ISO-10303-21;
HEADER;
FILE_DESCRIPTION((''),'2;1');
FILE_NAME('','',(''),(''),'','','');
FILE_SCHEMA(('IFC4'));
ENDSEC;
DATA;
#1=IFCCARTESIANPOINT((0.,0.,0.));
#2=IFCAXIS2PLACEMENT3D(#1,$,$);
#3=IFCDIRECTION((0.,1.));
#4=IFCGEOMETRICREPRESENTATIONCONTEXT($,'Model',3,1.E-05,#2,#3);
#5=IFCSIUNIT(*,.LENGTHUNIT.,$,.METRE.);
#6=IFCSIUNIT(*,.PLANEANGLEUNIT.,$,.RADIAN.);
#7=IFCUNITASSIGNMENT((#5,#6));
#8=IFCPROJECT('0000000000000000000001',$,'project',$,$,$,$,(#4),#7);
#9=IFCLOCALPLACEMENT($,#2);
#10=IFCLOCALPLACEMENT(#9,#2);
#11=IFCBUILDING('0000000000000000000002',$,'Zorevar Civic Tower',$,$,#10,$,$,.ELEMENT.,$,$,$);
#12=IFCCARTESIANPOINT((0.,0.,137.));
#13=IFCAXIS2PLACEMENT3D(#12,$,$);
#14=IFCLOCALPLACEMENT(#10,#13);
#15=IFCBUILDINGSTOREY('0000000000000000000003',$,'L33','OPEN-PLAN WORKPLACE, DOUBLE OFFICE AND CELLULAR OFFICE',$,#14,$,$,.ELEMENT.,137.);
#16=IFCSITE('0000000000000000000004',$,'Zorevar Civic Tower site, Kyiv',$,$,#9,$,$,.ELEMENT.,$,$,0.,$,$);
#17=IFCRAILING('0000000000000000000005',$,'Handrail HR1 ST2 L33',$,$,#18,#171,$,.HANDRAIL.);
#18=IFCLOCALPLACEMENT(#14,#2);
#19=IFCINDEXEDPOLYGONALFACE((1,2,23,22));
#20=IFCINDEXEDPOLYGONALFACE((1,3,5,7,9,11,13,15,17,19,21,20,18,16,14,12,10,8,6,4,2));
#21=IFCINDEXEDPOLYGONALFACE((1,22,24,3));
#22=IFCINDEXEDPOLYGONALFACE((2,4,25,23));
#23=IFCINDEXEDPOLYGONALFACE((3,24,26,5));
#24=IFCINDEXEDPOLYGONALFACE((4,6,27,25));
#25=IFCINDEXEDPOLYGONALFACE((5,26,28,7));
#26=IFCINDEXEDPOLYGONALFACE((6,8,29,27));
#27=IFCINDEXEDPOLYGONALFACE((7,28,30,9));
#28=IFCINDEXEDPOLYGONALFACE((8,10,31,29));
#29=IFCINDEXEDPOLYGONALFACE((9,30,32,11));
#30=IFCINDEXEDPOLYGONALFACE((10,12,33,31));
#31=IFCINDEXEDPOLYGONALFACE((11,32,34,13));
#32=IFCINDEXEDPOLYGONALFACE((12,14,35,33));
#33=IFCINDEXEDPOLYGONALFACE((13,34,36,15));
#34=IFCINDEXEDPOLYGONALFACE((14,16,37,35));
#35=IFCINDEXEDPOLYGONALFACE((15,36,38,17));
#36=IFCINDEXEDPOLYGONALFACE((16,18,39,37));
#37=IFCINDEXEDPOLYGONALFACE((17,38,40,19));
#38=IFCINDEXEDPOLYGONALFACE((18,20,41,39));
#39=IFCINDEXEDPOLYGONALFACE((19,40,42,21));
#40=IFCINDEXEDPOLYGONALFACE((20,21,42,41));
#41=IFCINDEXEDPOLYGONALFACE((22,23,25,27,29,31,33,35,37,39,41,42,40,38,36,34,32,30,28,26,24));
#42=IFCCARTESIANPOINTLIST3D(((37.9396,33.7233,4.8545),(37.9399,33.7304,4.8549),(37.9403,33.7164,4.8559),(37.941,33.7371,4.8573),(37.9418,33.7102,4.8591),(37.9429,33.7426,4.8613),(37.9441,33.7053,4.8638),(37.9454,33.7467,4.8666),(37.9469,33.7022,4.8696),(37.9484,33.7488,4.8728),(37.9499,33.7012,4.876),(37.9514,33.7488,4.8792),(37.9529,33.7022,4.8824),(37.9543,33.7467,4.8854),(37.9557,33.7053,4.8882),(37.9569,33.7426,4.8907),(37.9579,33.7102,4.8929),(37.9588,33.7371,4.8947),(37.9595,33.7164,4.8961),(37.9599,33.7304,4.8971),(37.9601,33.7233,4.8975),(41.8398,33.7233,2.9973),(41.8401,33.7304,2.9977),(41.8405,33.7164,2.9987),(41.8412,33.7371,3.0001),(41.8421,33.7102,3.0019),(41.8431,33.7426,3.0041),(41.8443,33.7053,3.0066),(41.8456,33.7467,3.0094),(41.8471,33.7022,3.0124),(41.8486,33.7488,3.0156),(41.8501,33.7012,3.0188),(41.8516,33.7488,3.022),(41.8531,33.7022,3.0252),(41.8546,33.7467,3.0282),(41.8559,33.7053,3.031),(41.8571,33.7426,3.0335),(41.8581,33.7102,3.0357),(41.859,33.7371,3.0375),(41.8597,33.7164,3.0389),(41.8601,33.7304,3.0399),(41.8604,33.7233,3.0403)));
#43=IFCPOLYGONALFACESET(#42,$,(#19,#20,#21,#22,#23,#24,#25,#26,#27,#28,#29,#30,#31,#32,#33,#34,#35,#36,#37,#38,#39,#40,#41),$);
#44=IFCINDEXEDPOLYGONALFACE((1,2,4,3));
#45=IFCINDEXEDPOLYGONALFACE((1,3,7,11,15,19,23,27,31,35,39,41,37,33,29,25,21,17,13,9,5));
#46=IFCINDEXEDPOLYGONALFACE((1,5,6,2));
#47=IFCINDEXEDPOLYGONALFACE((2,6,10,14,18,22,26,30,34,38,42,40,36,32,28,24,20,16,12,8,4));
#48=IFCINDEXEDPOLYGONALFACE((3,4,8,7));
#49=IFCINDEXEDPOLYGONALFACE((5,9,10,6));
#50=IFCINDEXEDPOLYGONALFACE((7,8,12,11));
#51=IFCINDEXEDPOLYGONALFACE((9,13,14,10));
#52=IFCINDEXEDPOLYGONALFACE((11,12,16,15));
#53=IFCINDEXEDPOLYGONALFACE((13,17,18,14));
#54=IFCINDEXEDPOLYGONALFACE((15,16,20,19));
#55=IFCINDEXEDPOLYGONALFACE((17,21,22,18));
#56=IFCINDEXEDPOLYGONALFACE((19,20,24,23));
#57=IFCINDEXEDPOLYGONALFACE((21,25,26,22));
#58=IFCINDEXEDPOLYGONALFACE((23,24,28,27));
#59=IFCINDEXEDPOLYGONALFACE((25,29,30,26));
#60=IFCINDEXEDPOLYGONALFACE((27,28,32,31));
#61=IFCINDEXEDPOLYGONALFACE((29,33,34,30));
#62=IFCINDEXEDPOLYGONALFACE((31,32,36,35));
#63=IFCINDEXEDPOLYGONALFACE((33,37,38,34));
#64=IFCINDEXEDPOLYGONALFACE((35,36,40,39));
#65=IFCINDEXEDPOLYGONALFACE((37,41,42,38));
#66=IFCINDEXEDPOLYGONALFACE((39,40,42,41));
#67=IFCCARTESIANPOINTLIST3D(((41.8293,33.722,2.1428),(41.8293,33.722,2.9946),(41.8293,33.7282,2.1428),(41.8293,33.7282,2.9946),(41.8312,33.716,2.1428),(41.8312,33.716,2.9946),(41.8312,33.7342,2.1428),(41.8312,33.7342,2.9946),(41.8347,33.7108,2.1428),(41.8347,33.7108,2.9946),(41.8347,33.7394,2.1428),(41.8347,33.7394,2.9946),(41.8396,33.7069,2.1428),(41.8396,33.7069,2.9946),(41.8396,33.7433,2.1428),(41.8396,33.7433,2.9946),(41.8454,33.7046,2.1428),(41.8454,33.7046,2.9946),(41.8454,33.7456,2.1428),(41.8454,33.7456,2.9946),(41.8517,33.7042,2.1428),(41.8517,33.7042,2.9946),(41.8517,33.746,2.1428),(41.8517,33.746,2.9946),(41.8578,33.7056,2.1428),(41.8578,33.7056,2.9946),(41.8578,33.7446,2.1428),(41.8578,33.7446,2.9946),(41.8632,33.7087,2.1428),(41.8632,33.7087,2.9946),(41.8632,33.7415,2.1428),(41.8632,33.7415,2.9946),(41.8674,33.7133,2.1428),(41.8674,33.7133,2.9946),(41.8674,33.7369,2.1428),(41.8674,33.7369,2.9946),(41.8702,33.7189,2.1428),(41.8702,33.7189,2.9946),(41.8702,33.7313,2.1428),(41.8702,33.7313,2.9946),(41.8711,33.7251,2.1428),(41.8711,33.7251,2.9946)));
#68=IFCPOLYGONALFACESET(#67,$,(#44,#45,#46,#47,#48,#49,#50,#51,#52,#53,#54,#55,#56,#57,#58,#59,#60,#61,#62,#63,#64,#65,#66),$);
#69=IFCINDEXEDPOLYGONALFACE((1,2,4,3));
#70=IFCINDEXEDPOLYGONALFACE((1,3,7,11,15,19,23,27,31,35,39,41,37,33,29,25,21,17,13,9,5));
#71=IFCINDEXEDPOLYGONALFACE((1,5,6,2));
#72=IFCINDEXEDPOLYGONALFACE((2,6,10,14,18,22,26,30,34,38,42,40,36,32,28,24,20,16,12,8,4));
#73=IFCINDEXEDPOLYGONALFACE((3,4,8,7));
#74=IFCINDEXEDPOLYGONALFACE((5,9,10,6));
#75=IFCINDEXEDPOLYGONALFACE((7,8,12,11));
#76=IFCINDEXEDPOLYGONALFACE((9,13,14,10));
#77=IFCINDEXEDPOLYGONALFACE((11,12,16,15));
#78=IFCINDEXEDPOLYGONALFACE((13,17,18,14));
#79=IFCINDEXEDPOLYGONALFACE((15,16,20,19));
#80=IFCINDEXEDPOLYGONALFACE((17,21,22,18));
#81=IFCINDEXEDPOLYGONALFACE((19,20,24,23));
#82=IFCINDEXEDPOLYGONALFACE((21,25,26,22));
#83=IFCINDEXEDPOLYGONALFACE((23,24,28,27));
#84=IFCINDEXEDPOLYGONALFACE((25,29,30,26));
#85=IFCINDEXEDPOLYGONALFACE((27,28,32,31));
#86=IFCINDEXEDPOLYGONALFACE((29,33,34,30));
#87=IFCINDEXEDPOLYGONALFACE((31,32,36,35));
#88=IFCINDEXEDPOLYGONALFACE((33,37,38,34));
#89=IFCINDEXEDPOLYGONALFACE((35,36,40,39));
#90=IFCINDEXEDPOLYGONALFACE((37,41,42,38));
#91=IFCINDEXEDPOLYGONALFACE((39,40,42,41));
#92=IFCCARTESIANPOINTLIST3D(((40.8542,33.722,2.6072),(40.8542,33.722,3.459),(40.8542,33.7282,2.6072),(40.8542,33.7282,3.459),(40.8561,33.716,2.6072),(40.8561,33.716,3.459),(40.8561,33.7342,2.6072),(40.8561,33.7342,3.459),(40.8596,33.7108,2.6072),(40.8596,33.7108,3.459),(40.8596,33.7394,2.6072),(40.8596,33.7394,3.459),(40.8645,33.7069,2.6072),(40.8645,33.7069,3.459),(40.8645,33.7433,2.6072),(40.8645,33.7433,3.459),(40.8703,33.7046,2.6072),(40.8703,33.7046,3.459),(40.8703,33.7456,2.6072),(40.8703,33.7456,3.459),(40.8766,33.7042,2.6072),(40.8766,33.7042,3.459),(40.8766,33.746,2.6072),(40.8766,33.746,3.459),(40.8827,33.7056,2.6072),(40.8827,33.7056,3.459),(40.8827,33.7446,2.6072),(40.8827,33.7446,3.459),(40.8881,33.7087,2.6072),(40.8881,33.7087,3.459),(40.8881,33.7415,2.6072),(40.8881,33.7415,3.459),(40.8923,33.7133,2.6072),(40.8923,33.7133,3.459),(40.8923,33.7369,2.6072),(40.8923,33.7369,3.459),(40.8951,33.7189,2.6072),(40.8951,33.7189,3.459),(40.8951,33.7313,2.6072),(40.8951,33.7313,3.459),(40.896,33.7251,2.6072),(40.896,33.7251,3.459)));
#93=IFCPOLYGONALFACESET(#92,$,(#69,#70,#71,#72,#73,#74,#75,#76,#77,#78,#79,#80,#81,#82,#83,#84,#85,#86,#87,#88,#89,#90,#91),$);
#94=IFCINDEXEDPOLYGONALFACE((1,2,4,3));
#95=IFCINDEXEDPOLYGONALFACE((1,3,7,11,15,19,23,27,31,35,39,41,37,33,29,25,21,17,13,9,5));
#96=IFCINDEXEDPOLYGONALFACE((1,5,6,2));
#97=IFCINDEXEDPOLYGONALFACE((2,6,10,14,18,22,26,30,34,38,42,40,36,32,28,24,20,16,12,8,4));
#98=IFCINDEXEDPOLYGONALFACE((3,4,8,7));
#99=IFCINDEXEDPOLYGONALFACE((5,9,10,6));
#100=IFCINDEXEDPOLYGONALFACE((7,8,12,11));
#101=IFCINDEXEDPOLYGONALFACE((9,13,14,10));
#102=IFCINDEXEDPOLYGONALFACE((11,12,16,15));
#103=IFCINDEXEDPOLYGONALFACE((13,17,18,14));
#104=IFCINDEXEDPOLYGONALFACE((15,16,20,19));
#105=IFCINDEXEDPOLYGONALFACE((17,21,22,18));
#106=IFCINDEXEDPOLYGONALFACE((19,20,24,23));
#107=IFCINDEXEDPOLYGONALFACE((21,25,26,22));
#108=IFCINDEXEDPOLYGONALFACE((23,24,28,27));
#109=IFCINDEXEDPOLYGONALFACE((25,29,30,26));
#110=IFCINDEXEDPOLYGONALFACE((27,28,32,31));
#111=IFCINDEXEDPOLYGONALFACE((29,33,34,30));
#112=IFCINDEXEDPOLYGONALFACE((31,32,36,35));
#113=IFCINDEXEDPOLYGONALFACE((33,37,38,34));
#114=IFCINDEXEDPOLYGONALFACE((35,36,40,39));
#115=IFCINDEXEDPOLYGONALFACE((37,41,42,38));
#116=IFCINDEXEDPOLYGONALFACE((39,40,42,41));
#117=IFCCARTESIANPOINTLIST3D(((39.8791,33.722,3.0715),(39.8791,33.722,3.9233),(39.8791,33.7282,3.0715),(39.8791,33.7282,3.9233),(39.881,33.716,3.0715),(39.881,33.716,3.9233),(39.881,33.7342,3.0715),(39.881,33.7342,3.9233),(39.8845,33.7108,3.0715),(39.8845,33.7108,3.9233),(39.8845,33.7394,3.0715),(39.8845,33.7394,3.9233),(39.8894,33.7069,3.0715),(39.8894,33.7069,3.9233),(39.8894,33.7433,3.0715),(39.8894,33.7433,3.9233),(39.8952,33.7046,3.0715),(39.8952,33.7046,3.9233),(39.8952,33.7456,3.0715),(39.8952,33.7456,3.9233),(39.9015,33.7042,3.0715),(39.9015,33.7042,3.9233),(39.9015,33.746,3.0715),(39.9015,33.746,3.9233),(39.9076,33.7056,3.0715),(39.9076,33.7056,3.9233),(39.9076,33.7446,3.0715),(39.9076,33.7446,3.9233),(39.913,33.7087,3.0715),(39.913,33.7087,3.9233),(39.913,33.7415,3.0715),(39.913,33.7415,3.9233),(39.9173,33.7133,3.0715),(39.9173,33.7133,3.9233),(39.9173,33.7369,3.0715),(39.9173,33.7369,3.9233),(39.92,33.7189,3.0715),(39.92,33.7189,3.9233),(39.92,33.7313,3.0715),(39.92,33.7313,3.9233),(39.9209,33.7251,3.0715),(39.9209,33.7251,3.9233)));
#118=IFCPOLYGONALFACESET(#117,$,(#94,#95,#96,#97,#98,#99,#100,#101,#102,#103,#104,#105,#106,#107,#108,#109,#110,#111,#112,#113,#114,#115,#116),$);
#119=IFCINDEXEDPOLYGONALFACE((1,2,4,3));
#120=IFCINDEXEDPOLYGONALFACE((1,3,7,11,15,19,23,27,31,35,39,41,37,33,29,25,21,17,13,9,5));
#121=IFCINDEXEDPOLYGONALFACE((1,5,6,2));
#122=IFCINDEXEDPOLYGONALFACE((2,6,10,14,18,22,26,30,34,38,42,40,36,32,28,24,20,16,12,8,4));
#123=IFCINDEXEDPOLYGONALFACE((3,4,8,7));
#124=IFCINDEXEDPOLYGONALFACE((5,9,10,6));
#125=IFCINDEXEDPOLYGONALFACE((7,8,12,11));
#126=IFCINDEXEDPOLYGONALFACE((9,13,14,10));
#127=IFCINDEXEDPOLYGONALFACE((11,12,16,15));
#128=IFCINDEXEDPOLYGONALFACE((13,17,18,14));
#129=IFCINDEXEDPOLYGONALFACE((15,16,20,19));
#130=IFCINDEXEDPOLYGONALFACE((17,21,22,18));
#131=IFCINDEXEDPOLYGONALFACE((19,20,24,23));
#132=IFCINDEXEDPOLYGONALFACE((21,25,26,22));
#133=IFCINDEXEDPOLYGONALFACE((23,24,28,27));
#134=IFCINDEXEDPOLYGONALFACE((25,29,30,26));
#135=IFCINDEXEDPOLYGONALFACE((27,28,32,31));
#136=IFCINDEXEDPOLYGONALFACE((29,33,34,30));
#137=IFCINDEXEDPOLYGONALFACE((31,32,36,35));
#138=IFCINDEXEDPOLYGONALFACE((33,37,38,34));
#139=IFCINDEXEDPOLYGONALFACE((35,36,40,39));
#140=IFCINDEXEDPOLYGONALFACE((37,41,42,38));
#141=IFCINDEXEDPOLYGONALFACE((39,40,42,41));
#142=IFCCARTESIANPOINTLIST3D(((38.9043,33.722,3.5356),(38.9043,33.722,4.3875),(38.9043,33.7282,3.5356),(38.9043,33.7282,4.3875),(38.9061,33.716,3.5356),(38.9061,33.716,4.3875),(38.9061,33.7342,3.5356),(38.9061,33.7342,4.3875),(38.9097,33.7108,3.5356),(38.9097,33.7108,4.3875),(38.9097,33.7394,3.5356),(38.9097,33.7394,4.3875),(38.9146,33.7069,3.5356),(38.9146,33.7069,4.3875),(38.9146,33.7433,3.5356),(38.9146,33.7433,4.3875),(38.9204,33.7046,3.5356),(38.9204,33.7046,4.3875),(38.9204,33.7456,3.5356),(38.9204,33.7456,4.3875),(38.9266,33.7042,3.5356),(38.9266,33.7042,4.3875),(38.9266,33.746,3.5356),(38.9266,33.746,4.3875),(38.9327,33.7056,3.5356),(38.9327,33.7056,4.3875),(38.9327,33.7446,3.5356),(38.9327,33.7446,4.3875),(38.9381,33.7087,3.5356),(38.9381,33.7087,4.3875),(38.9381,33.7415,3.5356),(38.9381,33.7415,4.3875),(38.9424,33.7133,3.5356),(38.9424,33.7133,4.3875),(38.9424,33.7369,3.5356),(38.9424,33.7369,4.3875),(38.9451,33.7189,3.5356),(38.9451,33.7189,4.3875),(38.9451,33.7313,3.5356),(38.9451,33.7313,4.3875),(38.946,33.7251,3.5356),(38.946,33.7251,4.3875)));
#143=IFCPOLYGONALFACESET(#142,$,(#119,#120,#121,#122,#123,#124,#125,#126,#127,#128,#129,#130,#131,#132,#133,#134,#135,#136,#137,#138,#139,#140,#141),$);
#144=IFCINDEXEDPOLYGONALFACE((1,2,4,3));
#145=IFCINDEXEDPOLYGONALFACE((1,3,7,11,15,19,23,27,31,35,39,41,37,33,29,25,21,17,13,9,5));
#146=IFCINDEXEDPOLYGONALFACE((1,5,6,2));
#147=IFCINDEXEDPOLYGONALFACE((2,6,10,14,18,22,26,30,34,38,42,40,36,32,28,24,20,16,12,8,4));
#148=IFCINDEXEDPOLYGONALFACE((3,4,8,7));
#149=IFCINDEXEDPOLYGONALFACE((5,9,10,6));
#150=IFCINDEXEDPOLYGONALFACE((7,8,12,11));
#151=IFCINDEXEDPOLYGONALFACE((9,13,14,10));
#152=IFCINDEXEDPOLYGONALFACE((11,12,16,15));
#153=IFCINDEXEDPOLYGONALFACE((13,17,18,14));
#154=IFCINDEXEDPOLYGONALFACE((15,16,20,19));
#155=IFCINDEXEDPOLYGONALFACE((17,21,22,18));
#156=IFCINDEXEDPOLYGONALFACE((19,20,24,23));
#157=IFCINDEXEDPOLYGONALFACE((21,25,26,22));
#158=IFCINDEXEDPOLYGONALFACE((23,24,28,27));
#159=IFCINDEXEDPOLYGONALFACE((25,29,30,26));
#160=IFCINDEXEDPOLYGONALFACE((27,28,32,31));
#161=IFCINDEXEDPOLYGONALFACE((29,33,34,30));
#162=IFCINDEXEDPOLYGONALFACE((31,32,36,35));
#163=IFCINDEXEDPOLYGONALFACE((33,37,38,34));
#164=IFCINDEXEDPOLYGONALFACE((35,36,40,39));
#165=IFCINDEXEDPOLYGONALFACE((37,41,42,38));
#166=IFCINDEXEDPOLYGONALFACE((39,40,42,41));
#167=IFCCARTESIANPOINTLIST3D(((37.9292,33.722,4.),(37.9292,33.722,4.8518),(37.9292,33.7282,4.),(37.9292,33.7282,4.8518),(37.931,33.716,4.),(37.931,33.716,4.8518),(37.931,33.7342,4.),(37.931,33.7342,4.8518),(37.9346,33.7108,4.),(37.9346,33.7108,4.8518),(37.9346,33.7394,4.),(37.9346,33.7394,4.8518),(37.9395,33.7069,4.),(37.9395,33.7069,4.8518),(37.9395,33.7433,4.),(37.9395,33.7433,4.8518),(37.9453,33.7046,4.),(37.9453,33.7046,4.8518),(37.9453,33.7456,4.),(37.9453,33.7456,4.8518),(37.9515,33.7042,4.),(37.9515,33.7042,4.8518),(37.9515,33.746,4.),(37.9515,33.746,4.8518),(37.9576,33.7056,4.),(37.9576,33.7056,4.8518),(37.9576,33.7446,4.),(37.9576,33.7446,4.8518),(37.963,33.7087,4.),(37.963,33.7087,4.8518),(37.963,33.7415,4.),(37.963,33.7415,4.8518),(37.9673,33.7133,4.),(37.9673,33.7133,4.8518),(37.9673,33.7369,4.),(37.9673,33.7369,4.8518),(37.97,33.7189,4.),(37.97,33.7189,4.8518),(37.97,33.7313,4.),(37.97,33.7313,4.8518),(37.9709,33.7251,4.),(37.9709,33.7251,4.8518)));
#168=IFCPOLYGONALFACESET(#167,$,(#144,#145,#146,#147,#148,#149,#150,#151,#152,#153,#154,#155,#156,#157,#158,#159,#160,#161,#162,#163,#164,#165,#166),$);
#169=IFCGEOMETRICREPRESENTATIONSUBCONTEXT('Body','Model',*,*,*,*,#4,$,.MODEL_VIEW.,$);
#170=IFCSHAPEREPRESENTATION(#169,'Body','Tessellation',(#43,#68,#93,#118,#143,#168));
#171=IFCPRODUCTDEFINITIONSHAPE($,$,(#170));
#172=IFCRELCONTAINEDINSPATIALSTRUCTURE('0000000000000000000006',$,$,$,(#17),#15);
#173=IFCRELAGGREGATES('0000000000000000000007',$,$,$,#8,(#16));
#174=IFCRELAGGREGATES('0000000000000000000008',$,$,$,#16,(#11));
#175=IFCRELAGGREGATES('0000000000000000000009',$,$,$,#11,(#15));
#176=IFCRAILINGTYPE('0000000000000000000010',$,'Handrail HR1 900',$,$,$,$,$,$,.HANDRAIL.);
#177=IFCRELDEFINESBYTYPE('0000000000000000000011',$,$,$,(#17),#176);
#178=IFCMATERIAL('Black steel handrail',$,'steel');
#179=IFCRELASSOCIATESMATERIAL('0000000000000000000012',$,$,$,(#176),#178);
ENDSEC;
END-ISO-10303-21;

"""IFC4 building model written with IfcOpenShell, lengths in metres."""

from ifc_helpers import new_model, si_unit, direction, frame, origin, origin_2d, place, context, subcontext, project, spatial, circle, extrude, material, type_object, element, save


model = new_model("IFC4")

# Units and contexts
model_context = context("Model", 3, precision=1e-05, world=origin(), true_north=direction((0.0, 1.0)))
body_context = subcontext(model_context, "Body", "Model", "MODEL_VIEW")
ifc_project = project(units=[si_unit("LENGTHUNIT", "METRE"), si_unit("PLANEANGLEUNIT", "RADIAN")], contexts=[model_context])

# Site, building, storey
site_placement = place(None, origin())
site = spatial("IfcSite", under=ifc_project, at=site_placement, Name="Zorevar Civic Tower site, Kyiv", CompositionType="ELEMENT", RefElevation=0.0)
building_placement = place(site_placement, origin())
building = spatial("IfcBuilding", under=site, at=building_placement, Name="Zorevar Civic Tower", CompositionType="ELEMENT")
storey_placement = place(building_placement, frame((0.0, 0.0, 137.0)))
storey = spatial("IfcBuildingStorey", under=building, at=storey_placement, Name="L33", Description="OPEN-PLAN WORKPLACE, DOUBLE OFFICE AND CELLULAR OFFICE", CompositionType="ELEMENT", Elevation=137.0)

# Railing
ifc_material_1 = material(Name="Black steel handrail", Category="steel")
railing_type = type_object("IfcRailingType", Name="Handrail HR1 900", PredefinedType="HANDRAIL", material=ifc_material_1)
railing_1_placement = place(storey_placement, frame((41.8501, 33.7251, 2.1428)))
element("IfcRailing", 1, at=railing_1_placement, inside=storey, type_object=railing_type, Name="Handrail HR1 ST2 L33", PredefinedType="HANDRAIL", context=body_context, shape_type="SweptSolid", body=[
    extrude(circle(Radius=0.0239, at=origin_2d()), frame((0.0, 0.0, 0.876), z_axis=(-0.902864, 0.0, 0.429927), x_axis=(0.0, -1.0, 0.0)), (0.0, 0.0, 1.0), 4.3198),
    extrude(circle(Radius=0.021, at=origin_2d()), origin(), (0.0, 0.0, 1.0), 0.8518),
    extrude(circle(Radius=0.021, at=origin_2d()), frame((-0.9751, 0.0, 0.4644)), (0.0, 0.0, 1.0), 0.8518),
    extrude(circle(Radius=0.021, at=origin_2d()), frame((-1.9502, 0.0, 0.9287)), (0.0, 0.0, 1.0), 0.8518),
    extrude(circle(Radius=0.021, at=origin_2d()), frame((-2.925, 0.0, 1.3928)), (0.0, 0.0, 1.0), 0.8518),
    extrude(circle(Radius=0.021, at=origin_2d()), frame((-3.9001, 0.0, 1.8572)), (0.0, 0.0, 1.0), 0.8518),
])

save(model, "model.ifc")
